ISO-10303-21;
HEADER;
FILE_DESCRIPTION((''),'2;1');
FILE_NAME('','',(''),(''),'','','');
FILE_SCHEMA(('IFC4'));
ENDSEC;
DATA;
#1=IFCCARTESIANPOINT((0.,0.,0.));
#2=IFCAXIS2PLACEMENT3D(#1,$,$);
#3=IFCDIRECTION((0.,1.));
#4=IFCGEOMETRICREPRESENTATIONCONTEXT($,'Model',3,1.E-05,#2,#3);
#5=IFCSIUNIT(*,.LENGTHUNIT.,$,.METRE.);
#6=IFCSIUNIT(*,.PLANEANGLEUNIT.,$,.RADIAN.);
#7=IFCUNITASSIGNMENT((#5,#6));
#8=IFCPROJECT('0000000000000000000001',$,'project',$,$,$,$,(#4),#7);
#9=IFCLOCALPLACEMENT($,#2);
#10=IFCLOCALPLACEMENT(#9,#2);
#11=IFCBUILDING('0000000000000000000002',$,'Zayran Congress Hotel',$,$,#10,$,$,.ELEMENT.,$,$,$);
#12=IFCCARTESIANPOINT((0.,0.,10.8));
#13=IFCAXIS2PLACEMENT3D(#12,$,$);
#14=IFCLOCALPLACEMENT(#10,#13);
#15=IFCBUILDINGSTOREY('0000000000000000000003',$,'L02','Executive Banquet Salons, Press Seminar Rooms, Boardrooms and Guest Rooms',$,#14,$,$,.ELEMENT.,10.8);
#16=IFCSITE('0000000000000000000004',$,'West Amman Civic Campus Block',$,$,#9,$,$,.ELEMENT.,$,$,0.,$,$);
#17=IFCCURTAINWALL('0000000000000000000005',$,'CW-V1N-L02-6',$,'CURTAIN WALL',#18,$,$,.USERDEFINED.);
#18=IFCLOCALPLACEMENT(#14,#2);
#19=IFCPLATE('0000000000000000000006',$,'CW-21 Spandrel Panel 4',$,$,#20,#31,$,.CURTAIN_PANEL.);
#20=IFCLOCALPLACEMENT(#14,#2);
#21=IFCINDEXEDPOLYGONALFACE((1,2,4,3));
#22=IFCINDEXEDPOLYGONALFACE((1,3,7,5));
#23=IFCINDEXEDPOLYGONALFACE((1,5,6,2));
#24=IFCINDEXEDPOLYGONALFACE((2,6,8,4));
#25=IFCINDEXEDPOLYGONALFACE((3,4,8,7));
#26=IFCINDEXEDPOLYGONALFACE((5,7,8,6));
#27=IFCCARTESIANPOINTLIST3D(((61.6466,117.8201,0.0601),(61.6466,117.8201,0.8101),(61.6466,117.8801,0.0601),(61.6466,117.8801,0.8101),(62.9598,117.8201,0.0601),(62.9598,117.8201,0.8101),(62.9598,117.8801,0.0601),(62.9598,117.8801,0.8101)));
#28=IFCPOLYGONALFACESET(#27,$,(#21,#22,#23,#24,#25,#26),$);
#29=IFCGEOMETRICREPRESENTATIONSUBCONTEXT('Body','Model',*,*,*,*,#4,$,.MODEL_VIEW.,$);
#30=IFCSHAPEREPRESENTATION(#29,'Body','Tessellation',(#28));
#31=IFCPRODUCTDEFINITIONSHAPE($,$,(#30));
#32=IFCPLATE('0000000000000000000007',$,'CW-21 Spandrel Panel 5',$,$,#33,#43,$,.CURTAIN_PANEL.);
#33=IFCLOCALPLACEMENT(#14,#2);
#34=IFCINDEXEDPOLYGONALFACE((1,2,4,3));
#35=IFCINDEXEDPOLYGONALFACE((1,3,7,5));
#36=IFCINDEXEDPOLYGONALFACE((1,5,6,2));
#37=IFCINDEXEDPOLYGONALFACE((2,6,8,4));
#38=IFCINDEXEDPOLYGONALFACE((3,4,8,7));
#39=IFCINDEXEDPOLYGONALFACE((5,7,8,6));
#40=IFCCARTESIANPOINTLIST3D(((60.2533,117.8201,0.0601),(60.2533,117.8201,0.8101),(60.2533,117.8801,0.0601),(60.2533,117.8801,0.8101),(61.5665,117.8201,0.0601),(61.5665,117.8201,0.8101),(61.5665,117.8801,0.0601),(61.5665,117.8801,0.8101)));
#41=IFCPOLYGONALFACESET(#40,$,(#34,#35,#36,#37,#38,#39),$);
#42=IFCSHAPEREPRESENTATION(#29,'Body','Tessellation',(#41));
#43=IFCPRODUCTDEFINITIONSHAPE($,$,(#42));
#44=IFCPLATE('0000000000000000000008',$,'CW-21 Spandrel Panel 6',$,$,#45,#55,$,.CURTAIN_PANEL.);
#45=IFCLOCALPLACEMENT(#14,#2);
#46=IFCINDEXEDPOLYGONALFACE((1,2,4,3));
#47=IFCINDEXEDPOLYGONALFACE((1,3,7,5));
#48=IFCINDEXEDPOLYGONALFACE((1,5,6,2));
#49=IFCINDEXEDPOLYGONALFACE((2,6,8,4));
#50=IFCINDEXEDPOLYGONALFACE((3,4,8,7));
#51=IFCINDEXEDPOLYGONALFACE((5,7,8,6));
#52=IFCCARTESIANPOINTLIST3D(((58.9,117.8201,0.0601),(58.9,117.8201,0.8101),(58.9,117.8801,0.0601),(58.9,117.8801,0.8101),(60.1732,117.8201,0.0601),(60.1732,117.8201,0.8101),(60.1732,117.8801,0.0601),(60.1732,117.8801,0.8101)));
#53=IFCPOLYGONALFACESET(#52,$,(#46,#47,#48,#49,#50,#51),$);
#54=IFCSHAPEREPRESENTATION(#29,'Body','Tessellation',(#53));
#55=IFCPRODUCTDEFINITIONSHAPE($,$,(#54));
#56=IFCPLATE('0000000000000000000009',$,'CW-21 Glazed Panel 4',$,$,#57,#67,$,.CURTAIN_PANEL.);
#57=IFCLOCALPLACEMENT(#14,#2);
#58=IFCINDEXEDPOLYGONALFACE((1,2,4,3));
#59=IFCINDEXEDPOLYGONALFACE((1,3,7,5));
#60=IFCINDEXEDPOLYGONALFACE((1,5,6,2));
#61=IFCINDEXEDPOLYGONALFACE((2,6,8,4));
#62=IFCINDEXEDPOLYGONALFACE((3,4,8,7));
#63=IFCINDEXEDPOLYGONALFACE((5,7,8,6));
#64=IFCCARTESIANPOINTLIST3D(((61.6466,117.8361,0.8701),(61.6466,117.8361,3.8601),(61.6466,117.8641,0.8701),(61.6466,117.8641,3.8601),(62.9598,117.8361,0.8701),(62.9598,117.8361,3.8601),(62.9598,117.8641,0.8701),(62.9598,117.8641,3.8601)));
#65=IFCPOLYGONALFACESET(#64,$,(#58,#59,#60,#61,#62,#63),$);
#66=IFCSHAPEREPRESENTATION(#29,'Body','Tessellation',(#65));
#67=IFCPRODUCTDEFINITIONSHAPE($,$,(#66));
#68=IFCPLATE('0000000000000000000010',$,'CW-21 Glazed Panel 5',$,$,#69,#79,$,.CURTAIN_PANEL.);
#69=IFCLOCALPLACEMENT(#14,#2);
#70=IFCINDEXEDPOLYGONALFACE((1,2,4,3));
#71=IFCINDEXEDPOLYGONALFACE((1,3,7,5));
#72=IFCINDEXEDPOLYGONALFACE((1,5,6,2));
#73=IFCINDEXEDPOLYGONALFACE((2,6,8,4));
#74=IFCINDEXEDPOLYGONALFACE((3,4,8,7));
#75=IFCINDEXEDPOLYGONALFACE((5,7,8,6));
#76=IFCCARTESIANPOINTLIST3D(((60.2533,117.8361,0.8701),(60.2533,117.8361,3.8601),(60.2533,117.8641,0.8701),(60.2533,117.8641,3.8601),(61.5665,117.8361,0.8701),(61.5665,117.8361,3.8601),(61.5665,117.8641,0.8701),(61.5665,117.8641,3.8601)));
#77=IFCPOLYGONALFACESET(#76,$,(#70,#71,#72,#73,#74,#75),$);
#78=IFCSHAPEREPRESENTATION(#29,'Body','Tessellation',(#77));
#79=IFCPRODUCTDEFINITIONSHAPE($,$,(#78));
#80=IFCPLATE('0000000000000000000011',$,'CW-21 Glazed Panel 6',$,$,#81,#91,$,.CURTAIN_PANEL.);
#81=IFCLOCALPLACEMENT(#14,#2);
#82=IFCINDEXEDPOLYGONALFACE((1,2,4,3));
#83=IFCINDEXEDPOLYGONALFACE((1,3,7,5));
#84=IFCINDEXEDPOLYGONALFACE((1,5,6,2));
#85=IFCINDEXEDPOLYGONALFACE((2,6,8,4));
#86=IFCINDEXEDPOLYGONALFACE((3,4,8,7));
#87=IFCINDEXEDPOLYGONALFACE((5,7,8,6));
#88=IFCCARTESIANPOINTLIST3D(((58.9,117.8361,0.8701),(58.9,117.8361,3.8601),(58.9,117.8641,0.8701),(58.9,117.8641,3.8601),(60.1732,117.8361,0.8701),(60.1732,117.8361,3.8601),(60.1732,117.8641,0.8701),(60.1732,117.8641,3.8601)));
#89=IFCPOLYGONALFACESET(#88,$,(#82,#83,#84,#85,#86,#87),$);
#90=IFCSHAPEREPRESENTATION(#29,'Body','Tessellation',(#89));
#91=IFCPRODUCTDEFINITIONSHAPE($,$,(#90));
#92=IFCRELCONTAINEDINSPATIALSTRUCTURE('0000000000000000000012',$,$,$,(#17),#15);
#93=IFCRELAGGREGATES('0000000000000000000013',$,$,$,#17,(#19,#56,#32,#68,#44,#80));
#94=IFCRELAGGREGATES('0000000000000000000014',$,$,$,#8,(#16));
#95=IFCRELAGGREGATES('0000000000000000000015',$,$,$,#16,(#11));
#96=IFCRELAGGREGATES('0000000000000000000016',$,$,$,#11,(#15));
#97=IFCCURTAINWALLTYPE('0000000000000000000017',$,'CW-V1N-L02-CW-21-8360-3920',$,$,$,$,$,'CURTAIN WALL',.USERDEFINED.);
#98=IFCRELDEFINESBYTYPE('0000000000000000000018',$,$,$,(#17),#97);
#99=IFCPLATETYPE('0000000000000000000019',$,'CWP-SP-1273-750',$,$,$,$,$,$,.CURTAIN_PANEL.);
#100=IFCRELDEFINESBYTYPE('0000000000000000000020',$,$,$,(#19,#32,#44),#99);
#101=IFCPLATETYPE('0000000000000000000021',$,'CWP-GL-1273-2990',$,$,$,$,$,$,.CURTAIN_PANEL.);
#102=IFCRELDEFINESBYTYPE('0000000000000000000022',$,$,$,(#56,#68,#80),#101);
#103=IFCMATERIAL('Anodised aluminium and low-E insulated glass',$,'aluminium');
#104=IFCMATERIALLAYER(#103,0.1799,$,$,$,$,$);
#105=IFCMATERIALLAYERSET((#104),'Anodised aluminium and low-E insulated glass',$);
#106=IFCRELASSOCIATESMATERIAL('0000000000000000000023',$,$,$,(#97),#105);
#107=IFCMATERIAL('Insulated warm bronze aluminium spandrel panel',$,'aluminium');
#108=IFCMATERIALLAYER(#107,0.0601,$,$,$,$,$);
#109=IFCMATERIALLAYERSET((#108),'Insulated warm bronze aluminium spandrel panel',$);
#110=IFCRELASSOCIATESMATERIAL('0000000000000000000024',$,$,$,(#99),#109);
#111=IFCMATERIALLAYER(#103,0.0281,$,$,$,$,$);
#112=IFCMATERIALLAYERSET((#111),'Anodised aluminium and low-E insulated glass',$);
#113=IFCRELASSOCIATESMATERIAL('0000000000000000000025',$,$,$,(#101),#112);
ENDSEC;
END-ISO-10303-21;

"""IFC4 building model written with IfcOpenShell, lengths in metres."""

from ifc_helpers import new_model, si_unit, direction, frame, origin, origin_2d, place, context, subcontext, project, spatial, rectangle, extrude, material, layer, layer_set, type_object, element, aggregate, save


model = new_model("IFC4")

# Units and contexts
model_context = context("Model", 3, precision=1e-05, world=origin(), true_north=direction((0.0, 1.0)))
body_context = subcontext(model_context, "Body", "Model", "MODEL_VIEW")
ifc_project = project(units=[si_unit("LENGTHUNIT", "METRE"), si_unit("PLANEANGLEUNIT", "RADIAN")], contexts=[model_context])

# Site, building, storey
site_placement = place(None, origin())
site = spatial("IfcSite", under=ifc_project, at=site_placement, Name="West Amman Civic Campus Block", CompositionType="ELEMENT", RefElevation=0.0)
building_placement = place(site_placement, origin())
building = spatial("IfcBuilding", under=site, at=building_placement, Name="Zayran Congress Hotel", CompositionType="ELEMENT")
storey_placement = place(building_placement, frame((0.0, 0.0, 10.8)))
storey = spatial("IfcBuildingStorey", under=building, at=storey_placement, Name="L02", Description="Executive Banquet Salons, Press Seminar Rooms, Boardrooms and Guest Rooms", CompositionType="ELEMENT", Elevation=10.8)

# Curtain wall, plates
ifc_material_1 = material(Name="Anodised aluminium and low-E insulated glass", Category="aluminium")
ifc_layer_1 = layer(ifc_material_1, 0.1799)
ifc_layer_set_1 = layer_set([ifc_layer_1], Name="Anodised aluminium and low-E insulated glass")
curtain_wall_type = type_object("IfcCurtainWallType", Name="CW-V1N-L02-CW-21-8360-3920", ElementType="CURTAIN WALL", PredefinedType="USERDEFINED", material=ifc_layer_set_1)
curtain_wall_placement = place(storey_placement, origin())
curtain_wall = element("IfcCurtainWall", 1, at=curtain_wall_placement, inside=storey, type_object=curtain_wall_type, Name="CW-V1N-L02-6", ObjectType="CURTAIN WALL", PredefinedType="USERDEFINED")
ifc_material_2 = material(Name="Insulated warm bronze aluminium spandrel panel", Category="aluminium")
ifc_layer_2 = layer(ifc_material_2, 0.0601)
ifc_layer_set_2 = layer_set([ifc_layer_2], Name="Insulated warm bronze aluminium spandrel panel")
plate_type_1 = type_object("IfcPlateType", Name="CWP-SP-1273-750", PredefinedType="CURTAIN_PANEL", material=ifc_layer_set_2)
plate_1_placement = place(storey_placement, frame((62.3032, 117.8501, 0.0601), z_axis=(0.0, 0.0, 1.0), x_axis=(1.0, 0.0, 0.0)))
plate_1 = element("IfcPlate", 2, at=plate_1_placement, type_object=plate_type_1, Name="CW-21 Spandrel Panel 4", PredefinedType="CURTAIN_PANEL", context=body_context, shape_type="SweptSolid", body=[
    extrude(rectangle(XDim=1.3132, YDim=0.0601, at=origin_2d()), origin(), (0.0, 0.0, 1.0), 0.75),
])
plate_2_placement = place(storey_placement, frame((60.9099, 117.8501, 0.0601), z_axis=(0.0, 0.0, 1.0), x_axis=(1.0, 0.0, 0.0)))
plate_2 = element("IfcPlate", 3, at=plate_2_placement, type_object=plate_type_1, Name="CW-21 Spandrel Panel 5", PredefinedType="CURTAIN_PANEL", context=body_context, shape_type="SweptSolid", body=[
    extrude(rectangle(XDim=1.3132, YDim=0.0601, at=origin_2d()), origin(), (0.0, 0.0, 1.0), 0.75),
])
plate_3_placement = place(storey_placement, frame((59.5366, 117.8501, 0.0601), z_axis=(0.0, 0.0, 1.0), x_axis=(1.0, 0.0, 0.0)))
plate_3 = element("IfcPlate", 4, at=plate_3_placement, type_object=plate_type_1, Name="CW-21 Spandrel Panel 6", PredefinedType="CURTAIN_PANEL", context=body_context, shape_type="SweptSolid", body=[
    extrude(rectangle(XDim=1.2732, YDim=0.0601, at=origin_2d()), origin(), (0.0, 0.0, 1.0), 0.75),
])
ifc_layer_3 = layer(ifc_material_1, 0.0281)
ifc_layer_set_3 = layer_set([ifc_layer_3], Name="Anodised aluminium and low-E insulated glass")
plate_type_2 = type_object("IfcPlateType", Name="CWP-GL-1273-2990", PredefinedType="CURTAIN_PANEL", material=ifc_layer_set_3)
plate_4_placement = place(storey_placement, frame((62.3032, 117.8501, 0.8701), z_axis=(0.0, 0.0, 1.0), x_axis=(1.0, 0.0, 0.0)))
plate_4 = element("IfcPlate", 5, at=plate_4_placement, type_object=plate_type_2, Name="CW-21 Glazed Panel 4", PredefinedType="CURTAIN_PANEL", context=body_context, shape_type="SweptSolid", body=[
    extrude(rectangle(XDim=1.3132, YDim=0.0281, at=origin_2d()), origin(), (0.0, 0.0, 1.0), 2.99),
])
plate_5_placement = place(storey_placement, frame((60.9099, 117.8501, 0.8701), z_axis=(0.0, 0.0, 1.0), x_axis=(1.0, 0.0, 0.0)))
plate_5 = element("IfcPlate", 6, at=plate_5_placement, type_object=plate_type_2, Name="CW-21 Glazed Panel 5", PredefinedType="CURTAIN_PANEL", context=body_context, shape_type="SweptSolid", body=[
    extrude(rectangle(XDim=1.3132, YDim=0.0281, at=origin_2d()), origin(), (0.0, 0.0, 1.0), 2.99),
])
plate_6_placement = place(storey_placement, frame((59.5366, 117.8501, 0.8701), z_axis=(0.0, 0.0, 1.0), x_axis=(1.0, 0.0, 0.0)))
plate_6 = element("IfcPlate", 7, at=plate_6_placement, type_object=plate_type_2, Name="CW-21 Glazed Panel 6", PredefinedType="CURTAIN_PANEL", context=body_context, shape_type="SweptSolid", body=[
    extrude(rectangle(XDim=1.2732, YDim=0.0281, at=origin_2d()), origin(), (0.0, 0.0, 1.0), 2.99),
])
aggregate(curtain_wall, [plate_1, plate_4, plate_2, plate_5, plate_3, plate_6])

save(model, "model.ifc")
